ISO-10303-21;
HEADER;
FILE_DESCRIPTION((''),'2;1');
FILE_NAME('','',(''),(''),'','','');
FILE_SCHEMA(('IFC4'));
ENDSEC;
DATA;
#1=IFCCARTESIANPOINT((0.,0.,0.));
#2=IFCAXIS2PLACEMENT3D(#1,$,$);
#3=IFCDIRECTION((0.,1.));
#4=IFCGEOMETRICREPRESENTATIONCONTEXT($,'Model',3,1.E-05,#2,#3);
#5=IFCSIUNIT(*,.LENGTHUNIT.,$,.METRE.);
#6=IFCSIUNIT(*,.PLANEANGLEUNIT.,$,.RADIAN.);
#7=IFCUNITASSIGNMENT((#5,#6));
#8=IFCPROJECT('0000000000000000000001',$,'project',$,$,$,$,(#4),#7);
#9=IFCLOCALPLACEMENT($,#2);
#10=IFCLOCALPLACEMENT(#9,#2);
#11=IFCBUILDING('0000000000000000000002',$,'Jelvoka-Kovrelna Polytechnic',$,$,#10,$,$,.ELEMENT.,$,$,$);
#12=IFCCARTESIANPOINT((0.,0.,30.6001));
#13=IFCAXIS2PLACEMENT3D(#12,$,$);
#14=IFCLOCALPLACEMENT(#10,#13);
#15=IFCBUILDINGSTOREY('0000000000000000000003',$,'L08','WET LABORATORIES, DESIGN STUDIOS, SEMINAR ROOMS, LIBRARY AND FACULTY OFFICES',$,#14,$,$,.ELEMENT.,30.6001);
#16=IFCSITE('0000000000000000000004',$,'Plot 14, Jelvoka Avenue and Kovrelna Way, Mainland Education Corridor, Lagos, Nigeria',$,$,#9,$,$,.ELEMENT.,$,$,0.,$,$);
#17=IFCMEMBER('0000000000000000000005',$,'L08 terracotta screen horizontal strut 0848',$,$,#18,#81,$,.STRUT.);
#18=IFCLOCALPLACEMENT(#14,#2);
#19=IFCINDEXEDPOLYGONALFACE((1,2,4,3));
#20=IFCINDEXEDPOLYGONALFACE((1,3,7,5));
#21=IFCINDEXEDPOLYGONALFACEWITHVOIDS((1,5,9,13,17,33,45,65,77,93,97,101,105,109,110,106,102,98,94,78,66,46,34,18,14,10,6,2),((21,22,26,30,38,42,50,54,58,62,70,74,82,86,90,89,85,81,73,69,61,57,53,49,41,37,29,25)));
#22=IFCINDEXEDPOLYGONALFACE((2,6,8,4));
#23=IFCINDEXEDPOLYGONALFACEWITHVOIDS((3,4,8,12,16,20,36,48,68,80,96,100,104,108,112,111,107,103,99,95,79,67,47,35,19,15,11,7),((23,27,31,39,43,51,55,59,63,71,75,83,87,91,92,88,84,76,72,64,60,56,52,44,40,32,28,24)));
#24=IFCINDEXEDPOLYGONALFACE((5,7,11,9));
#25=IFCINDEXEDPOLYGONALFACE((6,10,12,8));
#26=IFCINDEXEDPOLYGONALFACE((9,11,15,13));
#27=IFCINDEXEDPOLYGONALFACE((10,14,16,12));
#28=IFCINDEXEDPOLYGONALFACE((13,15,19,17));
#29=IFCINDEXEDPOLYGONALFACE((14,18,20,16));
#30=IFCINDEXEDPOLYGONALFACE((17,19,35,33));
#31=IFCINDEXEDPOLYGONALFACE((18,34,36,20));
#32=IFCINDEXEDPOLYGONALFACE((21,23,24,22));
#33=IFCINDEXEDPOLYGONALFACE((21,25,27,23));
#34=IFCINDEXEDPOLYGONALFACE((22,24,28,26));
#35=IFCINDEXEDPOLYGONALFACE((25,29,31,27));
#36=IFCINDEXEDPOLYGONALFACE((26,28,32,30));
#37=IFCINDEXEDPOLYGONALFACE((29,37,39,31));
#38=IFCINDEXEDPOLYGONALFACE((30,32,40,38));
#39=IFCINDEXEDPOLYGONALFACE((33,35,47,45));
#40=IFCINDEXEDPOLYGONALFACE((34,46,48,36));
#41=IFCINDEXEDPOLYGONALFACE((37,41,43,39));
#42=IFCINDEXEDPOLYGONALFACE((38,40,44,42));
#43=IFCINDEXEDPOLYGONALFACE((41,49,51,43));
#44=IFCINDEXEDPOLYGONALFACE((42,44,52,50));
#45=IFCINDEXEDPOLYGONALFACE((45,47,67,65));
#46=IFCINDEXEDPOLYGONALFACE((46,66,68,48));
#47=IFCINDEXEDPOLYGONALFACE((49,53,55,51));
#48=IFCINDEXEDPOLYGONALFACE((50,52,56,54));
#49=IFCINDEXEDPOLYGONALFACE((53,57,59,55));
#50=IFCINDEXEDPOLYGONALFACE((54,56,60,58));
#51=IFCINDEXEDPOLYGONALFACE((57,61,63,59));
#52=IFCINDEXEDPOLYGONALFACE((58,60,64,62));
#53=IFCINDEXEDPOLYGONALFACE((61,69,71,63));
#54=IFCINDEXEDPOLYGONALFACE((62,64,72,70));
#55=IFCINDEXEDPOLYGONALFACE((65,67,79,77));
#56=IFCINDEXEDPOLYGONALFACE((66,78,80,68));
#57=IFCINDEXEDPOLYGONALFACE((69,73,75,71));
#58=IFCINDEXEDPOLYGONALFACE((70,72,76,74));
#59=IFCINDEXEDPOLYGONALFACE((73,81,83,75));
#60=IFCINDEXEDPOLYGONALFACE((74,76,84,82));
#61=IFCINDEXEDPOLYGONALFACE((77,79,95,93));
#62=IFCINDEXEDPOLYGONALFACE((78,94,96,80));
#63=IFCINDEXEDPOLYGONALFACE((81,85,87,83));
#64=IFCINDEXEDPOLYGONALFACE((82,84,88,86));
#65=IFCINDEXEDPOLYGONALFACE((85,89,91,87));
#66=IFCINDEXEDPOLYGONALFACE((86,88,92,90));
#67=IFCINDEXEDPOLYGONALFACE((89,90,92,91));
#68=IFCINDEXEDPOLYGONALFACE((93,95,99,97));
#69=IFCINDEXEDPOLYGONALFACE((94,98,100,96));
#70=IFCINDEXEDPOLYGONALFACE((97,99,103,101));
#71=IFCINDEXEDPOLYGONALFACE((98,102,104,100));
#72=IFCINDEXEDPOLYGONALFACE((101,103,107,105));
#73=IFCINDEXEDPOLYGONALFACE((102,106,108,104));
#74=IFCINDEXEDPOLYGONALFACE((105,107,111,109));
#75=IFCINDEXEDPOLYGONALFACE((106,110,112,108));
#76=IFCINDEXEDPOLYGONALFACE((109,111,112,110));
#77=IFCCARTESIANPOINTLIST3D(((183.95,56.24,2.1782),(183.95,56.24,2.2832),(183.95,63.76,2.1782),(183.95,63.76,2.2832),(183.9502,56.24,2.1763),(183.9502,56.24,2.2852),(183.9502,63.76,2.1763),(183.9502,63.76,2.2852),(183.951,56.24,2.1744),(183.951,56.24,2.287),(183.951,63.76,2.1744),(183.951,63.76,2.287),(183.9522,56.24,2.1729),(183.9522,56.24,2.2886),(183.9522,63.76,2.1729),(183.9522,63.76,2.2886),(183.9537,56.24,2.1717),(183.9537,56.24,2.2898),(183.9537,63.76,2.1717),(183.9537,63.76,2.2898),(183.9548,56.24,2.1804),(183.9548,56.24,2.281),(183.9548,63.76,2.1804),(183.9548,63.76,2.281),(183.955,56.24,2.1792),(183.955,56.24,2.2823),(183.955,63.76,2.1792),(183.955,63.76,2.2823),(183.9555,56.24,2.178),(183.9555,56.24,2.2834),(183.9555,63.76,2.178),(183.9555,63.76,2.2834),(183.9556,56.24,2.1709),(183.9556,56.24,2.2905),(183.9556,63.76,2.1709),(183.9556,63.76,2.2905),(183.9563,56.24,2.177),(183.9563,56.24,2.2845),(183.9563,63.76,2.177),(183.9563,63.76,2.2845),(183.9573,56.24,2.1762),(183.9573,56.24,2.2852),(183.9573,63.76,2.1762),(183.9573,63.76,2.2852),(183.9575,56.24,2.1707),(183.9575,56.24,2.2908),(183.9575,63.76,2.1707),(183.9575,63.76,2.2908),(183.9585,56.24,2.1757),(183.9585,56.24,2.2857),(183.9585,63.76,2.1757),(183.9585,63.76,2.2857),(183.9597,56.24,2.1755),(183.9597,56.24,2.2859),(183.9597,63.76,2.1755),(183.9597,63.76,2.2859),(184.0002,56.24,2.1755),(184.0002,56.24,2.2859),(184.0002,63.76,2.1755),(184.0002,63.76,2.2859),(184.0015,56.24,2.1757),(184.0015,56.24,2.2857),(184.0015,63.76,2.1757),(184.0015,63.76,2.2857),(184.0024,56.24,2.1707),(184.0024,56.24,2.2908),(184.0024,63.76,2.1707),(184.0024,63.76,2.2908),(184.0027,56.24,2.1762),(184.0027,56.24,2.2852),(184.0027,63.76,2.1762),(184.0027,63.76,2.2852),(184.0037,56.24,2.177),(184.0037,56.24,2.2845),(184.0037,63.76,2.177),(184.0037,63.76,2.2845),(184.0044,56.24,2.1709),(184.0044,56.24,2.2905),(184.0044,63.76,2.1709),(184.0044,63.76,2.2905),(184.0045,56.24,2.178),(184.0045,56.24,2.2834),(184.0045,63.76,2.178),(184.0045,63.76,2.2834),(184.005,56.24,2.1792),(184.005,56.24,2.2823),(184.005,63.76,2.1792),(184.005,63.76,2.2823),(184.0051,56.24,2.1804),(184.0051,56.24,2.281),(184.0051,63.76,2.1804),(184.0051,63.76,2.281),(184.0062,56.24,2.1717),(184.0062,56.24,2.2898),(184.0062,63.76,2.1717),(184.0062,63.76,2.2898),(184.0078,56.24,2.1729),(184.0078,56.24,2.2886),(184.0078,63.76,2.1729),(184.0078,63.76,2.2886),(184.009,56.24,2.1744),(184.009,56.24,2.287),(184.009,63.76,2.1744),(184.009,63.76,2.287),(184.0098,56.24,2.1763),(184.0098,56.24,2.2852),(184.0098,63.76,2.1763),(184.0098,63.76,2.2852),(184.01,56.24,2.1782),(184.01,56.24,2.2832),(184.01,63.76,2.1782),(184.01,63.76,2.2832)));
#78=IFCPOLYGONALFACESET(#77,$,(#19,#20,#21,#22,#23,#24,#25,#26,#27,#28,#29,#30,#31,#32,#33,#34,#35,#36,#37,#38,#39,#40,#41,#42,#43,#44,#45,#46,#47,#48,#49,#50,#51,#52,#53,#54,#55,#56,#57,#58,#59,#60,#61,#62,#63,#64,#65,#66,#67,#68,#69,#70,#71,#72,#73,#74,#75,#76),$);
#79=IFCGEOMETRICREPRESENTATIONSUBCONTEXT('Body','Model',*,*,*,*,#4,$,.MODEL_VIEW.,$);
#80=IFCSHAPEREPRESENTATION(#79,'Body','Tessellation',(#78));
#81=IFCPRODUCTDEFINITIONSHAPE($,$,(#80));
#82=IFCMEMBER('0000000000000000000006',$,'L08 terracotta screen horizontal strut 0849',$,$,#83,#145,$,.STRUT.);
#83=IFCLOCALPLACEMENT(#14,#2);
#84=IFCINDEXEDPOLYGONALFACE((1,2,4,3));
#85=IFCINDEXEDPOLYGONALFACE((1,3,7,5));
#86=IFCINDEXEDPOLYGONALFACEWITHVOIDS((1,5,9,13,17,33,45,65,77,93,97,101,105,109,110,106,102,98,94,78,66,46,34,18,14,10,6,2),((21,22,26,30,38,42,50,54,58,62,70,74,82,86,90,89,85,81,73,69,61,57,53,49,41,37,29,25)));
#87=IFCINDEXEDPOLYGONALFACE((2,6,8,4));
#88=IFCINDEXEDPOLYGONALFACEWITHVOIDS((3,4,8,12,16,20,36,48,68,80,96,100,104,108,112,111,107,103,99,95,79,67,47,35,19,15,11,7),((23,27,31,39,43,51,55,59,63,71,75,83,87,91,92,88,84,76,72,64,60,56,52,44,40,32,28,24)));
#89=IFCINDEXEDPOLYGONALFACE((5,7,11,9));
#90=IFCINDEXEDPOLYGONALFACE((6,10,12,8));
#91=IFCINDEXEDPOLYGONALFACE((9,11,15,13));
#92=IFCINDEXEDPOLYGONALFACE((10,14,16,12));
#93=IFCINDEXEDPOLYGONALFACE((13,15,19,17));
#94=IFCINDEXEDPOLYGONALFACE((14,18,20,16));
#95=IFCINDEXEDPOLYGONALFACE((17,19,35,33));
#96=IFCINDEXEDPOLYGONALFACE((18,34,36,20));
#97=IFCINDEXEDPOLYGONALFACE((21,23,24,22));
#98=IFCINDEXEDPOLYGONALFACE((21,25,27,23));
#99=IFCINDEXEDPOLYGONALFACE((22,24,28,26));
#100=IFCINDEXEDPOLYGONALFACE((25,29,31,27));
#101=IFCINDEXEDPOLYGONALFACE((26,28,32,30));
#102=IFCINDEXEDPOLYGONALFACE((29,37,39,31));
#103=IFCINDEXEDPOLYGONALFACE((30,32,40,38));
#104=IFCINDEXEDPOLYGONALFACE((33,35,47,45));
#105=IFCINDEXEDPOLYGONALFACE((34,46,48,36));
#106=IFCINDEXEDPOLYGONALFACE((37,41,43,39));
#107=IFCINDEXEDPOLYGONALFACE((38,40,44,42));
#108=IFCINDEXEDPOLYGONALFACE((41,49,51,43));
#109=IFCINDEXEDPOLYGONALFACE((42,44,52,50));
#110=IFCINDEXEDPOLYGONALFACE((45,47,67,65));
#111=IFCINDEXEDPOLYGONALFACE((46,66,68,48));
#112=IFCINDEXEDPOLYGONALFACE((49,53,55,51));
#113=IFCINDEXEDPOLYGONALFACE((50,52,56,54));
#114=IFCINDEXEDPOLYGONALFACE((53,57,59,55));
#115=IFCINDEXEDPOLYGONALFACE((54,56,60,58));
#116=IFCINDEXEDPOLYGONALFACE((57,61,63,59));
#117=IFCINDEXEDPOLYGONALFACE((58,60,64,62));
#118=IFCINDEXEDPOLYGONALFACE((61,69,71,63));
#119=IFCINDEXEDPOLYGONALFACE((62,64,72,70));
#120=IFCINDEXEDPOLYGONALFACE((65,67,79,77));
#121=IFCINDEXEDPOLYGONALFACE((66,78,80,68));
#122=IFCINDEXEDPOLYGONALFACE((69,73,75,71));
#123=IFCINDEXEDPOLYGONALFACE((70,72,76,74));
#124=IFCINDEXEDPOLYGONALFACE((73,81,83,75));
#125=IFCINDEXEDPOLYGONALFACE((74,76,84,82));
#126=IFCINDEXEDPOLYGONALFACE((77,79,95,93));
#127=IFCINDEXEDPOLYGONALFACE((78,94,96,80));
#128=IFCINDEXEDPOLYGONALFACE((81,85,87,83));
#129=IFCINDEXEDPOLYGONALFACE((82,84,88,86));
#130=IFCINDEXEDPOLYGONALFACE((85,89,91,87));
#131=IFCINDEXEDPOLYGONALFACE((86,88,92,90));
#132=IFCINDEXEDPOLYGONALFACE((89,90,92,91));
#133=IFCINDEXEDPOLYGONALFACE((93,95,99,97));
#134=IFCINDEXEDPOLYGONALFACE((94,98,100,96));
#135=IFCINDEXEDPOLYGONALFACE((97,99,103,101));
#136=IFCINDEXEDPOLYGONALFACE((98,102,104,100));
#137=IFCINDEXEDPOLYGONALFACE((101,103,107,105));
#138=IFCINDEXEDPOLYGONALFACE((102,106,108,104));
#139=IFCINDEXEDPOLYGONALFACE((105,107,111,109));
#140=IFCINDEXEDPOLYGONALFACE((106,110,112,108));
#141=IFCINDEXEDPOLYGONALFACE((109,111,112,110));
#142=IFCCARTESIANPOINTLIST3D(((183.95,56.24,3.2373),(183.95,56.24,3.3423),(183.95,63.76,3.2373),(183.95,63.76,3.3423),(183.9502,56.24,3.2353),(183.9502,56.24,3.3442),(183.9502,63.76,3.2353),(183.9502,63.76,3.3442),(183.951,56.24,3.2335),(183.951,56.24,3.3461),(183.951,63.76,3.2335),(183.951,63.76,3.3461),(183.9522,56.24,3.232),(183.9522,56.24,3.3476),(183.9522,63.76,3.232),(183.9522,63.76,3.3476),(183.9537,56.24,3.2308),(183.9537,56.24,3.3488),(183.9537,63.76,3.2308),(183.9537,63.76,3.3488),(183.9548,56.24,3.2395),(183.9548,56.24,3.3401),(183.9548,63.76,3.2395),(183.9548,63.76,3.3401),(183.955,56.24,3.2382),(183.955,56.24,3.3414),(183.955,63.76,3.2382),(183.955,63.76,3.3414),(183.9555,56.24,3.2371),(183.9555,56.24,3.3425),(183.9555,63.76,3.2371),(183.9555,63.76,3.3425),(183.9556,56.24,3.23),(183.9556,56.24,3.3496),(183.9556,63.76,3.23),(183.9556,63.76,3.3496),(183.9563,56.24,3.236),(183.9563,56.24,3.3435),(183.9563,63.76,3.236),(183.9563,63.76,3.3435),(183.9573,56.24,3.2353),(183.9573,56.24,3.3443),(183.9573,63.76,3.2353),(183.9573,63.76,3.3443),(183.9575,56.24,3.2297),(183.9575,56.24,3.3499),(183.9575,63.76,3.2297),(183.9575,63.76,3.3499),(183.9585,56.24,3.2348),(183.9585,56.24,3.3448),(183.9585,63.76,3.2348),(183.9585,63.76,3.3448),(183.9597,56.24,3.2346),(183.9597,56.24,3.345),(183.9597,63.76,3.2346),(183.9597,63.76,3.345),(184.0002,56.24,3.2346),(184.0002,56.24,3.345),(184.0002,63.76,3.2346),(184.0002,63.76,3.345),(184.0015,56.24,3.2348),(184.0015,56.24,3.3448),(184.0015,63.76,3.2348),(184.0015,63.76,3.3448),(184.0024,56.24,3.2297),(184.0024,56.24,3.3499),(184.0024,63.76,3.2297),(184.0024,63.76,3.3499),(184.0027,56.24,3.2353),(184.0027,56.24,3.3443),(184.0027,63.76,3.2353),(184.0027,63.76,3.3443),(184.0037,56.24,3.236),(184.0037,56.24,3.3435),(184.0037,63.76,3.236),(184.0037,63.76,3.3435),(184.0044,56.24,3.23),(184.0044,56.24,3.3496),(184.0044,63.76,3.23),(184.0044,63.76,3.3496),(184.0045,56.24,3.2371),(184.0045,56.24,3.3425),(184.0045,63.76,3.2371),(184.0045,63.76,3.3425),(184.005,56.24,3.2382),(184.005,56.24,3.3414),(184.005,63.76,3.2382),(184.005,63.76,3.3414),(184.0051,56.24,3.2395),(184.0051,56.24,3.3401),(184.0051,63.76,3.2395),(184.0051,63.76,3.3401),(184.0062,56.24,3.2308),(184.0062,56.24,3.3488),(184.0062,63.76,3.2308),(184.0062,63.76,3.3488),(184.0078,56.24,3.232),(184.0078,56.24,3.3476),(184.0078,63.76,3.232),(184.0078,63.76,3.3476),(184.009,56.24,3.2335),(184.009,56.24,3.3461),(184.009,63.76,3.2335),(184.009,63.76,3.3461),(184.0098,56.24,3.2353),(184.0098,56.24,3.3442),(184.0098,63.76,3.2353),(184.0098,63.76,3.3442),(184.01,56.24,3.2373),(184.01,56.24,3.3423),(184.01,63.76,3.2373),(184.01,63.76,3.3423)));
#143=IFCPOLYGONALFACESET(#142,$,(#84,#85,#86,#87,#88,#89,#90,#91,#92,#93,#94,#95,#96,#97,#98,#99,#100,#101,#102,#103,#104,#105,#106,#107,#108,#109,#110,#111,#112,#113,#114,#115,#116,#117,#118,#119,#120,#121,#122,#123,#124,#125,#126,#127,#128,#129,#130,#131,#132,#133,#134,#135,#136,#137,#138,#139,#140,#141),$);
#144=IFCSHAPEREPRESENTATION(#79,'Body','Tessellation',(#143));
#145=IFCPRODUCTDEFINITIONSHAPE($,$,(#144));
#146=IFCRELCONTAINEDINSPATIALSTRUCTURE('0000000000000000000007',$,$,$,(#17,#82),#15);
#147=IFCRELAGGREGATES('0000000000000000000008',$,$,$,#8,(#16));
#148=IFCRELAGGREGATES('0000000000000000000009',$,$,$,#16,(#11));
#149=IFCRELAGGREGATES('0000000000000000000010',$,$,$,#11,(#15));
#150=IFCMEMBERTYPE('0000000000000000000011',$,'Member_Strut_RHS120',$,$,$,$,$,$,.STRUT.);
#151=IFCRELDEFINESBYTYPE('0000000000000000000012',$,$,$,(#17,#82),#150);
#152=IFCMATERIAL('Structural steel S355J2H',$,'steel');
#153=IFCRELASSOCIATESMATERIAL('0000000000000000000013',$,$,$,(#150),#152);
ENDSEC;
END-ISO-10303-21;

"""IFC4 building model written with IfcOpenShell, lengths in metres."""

from ifc_helpers import new_model, si_unit, direction, frame, origin, origin_2d, place, context, subcontext, project, spatial, hollow_rectangle, extrude, material, material_profile, profile_set, type_object, element, save


model = new_model("IFC4")

# Units and contexts
model_context = context("Model", 3, precision=1e-05, world=origin(), true_north=direction((0.0, 1.0)))
body_context = subcontext(model_context, "Body", "Model", "MODEL_VIEW")
ifc_project = project(units=[si_unit("LENGTHUNIT", "METRE"), si_unit("PLANEANGLEUNIT", "RADIAN")], contexts=[model_context])

# Site, building, storey
site_placement = place(None, origin())
site = spatial("IfcSite", under=ifc_project, at=site_placement, Name="Plot 14, Jelvoka Avenue and Kovrelna Way, Mainland Education Corridor, Lagos, Nigeria", CompositionType="ELEMENT", RefElevation=0.0)
building_placement = place(site_placement, origin())
building = spatial("IfcBuilding", under=site, at=building_placement, Name="Jelvoka-Kovrelna Polytechnic", CompositionType="ELEMENT")
storey_placement = place(building_placement, frame((0.0, 0.0, 30.6001)))
storey = spatial("IfcBuildingStorey", under=building, at=storey_placement, Name="L08", Description="WET LABORATORIES, DESIGN STUDIOS, SEMINAR ROOMS, LIBRARY AND FACULTY OFFICES", CompositionType="ELEMENT", Elevation=30.6001)

# Members
ifc_material_1 = material(Name="Structural steel S355J2H", Category="steel")
ifc_material_profile_1 = material_profile(ifc_material_1, hollow_rectangle(XDim=0.0601, YDim=0.1201, WallThickness=0.0049, InnerFilletRadius=0.0049, OuterFilletRadius=0.0076, at=origin_2d()), Name="120x60x5.0 RHS")
ifc_profile_set_1 = profile_set([ifc_material_profile_1], Name="Structural steel S355J2H")
member_type_1 = type_object("IfcMemberType", Name="Member_Strut_RHS120", PredefinedType="STRUT", material=ifc_profile_set_1)
for number, where, z_axis, x_axis, name in (
    (1, (183.98, 56.24, 2.2307), (0.0, 1.0, 0.0), (-1.0, 0.0, 0.0), "L08 terracotta screen horizontal strut 0848"),
    (2, (183.98, 56.24, 3.2898), (0.0, 1.0, 0.0), (-1.0, 0.0, 0.0), "L08 terracotta screen horizontal strut 0849"),
):
    element("IfcMember", number, at=place(storey_placement, frame(where, z_axis=z_axis, x_axis=x_axis)), inside=storey, type_object=member_type_1, Name=name, PredefinedType="STRUT", context=body_context, shape_type="SweptSolid", body=[
        extrude(hollow_rectangle(XDim=0.0601, YDim=0.1201, WallThickness=0.0049, InnerFilletRadius=0.0049, OuterFilletRadius=0.0076, at=origin_2d()), origin(), (0.0, 0.0, 1.0), 7.52),
    ])

save(model, "model.ifc")
